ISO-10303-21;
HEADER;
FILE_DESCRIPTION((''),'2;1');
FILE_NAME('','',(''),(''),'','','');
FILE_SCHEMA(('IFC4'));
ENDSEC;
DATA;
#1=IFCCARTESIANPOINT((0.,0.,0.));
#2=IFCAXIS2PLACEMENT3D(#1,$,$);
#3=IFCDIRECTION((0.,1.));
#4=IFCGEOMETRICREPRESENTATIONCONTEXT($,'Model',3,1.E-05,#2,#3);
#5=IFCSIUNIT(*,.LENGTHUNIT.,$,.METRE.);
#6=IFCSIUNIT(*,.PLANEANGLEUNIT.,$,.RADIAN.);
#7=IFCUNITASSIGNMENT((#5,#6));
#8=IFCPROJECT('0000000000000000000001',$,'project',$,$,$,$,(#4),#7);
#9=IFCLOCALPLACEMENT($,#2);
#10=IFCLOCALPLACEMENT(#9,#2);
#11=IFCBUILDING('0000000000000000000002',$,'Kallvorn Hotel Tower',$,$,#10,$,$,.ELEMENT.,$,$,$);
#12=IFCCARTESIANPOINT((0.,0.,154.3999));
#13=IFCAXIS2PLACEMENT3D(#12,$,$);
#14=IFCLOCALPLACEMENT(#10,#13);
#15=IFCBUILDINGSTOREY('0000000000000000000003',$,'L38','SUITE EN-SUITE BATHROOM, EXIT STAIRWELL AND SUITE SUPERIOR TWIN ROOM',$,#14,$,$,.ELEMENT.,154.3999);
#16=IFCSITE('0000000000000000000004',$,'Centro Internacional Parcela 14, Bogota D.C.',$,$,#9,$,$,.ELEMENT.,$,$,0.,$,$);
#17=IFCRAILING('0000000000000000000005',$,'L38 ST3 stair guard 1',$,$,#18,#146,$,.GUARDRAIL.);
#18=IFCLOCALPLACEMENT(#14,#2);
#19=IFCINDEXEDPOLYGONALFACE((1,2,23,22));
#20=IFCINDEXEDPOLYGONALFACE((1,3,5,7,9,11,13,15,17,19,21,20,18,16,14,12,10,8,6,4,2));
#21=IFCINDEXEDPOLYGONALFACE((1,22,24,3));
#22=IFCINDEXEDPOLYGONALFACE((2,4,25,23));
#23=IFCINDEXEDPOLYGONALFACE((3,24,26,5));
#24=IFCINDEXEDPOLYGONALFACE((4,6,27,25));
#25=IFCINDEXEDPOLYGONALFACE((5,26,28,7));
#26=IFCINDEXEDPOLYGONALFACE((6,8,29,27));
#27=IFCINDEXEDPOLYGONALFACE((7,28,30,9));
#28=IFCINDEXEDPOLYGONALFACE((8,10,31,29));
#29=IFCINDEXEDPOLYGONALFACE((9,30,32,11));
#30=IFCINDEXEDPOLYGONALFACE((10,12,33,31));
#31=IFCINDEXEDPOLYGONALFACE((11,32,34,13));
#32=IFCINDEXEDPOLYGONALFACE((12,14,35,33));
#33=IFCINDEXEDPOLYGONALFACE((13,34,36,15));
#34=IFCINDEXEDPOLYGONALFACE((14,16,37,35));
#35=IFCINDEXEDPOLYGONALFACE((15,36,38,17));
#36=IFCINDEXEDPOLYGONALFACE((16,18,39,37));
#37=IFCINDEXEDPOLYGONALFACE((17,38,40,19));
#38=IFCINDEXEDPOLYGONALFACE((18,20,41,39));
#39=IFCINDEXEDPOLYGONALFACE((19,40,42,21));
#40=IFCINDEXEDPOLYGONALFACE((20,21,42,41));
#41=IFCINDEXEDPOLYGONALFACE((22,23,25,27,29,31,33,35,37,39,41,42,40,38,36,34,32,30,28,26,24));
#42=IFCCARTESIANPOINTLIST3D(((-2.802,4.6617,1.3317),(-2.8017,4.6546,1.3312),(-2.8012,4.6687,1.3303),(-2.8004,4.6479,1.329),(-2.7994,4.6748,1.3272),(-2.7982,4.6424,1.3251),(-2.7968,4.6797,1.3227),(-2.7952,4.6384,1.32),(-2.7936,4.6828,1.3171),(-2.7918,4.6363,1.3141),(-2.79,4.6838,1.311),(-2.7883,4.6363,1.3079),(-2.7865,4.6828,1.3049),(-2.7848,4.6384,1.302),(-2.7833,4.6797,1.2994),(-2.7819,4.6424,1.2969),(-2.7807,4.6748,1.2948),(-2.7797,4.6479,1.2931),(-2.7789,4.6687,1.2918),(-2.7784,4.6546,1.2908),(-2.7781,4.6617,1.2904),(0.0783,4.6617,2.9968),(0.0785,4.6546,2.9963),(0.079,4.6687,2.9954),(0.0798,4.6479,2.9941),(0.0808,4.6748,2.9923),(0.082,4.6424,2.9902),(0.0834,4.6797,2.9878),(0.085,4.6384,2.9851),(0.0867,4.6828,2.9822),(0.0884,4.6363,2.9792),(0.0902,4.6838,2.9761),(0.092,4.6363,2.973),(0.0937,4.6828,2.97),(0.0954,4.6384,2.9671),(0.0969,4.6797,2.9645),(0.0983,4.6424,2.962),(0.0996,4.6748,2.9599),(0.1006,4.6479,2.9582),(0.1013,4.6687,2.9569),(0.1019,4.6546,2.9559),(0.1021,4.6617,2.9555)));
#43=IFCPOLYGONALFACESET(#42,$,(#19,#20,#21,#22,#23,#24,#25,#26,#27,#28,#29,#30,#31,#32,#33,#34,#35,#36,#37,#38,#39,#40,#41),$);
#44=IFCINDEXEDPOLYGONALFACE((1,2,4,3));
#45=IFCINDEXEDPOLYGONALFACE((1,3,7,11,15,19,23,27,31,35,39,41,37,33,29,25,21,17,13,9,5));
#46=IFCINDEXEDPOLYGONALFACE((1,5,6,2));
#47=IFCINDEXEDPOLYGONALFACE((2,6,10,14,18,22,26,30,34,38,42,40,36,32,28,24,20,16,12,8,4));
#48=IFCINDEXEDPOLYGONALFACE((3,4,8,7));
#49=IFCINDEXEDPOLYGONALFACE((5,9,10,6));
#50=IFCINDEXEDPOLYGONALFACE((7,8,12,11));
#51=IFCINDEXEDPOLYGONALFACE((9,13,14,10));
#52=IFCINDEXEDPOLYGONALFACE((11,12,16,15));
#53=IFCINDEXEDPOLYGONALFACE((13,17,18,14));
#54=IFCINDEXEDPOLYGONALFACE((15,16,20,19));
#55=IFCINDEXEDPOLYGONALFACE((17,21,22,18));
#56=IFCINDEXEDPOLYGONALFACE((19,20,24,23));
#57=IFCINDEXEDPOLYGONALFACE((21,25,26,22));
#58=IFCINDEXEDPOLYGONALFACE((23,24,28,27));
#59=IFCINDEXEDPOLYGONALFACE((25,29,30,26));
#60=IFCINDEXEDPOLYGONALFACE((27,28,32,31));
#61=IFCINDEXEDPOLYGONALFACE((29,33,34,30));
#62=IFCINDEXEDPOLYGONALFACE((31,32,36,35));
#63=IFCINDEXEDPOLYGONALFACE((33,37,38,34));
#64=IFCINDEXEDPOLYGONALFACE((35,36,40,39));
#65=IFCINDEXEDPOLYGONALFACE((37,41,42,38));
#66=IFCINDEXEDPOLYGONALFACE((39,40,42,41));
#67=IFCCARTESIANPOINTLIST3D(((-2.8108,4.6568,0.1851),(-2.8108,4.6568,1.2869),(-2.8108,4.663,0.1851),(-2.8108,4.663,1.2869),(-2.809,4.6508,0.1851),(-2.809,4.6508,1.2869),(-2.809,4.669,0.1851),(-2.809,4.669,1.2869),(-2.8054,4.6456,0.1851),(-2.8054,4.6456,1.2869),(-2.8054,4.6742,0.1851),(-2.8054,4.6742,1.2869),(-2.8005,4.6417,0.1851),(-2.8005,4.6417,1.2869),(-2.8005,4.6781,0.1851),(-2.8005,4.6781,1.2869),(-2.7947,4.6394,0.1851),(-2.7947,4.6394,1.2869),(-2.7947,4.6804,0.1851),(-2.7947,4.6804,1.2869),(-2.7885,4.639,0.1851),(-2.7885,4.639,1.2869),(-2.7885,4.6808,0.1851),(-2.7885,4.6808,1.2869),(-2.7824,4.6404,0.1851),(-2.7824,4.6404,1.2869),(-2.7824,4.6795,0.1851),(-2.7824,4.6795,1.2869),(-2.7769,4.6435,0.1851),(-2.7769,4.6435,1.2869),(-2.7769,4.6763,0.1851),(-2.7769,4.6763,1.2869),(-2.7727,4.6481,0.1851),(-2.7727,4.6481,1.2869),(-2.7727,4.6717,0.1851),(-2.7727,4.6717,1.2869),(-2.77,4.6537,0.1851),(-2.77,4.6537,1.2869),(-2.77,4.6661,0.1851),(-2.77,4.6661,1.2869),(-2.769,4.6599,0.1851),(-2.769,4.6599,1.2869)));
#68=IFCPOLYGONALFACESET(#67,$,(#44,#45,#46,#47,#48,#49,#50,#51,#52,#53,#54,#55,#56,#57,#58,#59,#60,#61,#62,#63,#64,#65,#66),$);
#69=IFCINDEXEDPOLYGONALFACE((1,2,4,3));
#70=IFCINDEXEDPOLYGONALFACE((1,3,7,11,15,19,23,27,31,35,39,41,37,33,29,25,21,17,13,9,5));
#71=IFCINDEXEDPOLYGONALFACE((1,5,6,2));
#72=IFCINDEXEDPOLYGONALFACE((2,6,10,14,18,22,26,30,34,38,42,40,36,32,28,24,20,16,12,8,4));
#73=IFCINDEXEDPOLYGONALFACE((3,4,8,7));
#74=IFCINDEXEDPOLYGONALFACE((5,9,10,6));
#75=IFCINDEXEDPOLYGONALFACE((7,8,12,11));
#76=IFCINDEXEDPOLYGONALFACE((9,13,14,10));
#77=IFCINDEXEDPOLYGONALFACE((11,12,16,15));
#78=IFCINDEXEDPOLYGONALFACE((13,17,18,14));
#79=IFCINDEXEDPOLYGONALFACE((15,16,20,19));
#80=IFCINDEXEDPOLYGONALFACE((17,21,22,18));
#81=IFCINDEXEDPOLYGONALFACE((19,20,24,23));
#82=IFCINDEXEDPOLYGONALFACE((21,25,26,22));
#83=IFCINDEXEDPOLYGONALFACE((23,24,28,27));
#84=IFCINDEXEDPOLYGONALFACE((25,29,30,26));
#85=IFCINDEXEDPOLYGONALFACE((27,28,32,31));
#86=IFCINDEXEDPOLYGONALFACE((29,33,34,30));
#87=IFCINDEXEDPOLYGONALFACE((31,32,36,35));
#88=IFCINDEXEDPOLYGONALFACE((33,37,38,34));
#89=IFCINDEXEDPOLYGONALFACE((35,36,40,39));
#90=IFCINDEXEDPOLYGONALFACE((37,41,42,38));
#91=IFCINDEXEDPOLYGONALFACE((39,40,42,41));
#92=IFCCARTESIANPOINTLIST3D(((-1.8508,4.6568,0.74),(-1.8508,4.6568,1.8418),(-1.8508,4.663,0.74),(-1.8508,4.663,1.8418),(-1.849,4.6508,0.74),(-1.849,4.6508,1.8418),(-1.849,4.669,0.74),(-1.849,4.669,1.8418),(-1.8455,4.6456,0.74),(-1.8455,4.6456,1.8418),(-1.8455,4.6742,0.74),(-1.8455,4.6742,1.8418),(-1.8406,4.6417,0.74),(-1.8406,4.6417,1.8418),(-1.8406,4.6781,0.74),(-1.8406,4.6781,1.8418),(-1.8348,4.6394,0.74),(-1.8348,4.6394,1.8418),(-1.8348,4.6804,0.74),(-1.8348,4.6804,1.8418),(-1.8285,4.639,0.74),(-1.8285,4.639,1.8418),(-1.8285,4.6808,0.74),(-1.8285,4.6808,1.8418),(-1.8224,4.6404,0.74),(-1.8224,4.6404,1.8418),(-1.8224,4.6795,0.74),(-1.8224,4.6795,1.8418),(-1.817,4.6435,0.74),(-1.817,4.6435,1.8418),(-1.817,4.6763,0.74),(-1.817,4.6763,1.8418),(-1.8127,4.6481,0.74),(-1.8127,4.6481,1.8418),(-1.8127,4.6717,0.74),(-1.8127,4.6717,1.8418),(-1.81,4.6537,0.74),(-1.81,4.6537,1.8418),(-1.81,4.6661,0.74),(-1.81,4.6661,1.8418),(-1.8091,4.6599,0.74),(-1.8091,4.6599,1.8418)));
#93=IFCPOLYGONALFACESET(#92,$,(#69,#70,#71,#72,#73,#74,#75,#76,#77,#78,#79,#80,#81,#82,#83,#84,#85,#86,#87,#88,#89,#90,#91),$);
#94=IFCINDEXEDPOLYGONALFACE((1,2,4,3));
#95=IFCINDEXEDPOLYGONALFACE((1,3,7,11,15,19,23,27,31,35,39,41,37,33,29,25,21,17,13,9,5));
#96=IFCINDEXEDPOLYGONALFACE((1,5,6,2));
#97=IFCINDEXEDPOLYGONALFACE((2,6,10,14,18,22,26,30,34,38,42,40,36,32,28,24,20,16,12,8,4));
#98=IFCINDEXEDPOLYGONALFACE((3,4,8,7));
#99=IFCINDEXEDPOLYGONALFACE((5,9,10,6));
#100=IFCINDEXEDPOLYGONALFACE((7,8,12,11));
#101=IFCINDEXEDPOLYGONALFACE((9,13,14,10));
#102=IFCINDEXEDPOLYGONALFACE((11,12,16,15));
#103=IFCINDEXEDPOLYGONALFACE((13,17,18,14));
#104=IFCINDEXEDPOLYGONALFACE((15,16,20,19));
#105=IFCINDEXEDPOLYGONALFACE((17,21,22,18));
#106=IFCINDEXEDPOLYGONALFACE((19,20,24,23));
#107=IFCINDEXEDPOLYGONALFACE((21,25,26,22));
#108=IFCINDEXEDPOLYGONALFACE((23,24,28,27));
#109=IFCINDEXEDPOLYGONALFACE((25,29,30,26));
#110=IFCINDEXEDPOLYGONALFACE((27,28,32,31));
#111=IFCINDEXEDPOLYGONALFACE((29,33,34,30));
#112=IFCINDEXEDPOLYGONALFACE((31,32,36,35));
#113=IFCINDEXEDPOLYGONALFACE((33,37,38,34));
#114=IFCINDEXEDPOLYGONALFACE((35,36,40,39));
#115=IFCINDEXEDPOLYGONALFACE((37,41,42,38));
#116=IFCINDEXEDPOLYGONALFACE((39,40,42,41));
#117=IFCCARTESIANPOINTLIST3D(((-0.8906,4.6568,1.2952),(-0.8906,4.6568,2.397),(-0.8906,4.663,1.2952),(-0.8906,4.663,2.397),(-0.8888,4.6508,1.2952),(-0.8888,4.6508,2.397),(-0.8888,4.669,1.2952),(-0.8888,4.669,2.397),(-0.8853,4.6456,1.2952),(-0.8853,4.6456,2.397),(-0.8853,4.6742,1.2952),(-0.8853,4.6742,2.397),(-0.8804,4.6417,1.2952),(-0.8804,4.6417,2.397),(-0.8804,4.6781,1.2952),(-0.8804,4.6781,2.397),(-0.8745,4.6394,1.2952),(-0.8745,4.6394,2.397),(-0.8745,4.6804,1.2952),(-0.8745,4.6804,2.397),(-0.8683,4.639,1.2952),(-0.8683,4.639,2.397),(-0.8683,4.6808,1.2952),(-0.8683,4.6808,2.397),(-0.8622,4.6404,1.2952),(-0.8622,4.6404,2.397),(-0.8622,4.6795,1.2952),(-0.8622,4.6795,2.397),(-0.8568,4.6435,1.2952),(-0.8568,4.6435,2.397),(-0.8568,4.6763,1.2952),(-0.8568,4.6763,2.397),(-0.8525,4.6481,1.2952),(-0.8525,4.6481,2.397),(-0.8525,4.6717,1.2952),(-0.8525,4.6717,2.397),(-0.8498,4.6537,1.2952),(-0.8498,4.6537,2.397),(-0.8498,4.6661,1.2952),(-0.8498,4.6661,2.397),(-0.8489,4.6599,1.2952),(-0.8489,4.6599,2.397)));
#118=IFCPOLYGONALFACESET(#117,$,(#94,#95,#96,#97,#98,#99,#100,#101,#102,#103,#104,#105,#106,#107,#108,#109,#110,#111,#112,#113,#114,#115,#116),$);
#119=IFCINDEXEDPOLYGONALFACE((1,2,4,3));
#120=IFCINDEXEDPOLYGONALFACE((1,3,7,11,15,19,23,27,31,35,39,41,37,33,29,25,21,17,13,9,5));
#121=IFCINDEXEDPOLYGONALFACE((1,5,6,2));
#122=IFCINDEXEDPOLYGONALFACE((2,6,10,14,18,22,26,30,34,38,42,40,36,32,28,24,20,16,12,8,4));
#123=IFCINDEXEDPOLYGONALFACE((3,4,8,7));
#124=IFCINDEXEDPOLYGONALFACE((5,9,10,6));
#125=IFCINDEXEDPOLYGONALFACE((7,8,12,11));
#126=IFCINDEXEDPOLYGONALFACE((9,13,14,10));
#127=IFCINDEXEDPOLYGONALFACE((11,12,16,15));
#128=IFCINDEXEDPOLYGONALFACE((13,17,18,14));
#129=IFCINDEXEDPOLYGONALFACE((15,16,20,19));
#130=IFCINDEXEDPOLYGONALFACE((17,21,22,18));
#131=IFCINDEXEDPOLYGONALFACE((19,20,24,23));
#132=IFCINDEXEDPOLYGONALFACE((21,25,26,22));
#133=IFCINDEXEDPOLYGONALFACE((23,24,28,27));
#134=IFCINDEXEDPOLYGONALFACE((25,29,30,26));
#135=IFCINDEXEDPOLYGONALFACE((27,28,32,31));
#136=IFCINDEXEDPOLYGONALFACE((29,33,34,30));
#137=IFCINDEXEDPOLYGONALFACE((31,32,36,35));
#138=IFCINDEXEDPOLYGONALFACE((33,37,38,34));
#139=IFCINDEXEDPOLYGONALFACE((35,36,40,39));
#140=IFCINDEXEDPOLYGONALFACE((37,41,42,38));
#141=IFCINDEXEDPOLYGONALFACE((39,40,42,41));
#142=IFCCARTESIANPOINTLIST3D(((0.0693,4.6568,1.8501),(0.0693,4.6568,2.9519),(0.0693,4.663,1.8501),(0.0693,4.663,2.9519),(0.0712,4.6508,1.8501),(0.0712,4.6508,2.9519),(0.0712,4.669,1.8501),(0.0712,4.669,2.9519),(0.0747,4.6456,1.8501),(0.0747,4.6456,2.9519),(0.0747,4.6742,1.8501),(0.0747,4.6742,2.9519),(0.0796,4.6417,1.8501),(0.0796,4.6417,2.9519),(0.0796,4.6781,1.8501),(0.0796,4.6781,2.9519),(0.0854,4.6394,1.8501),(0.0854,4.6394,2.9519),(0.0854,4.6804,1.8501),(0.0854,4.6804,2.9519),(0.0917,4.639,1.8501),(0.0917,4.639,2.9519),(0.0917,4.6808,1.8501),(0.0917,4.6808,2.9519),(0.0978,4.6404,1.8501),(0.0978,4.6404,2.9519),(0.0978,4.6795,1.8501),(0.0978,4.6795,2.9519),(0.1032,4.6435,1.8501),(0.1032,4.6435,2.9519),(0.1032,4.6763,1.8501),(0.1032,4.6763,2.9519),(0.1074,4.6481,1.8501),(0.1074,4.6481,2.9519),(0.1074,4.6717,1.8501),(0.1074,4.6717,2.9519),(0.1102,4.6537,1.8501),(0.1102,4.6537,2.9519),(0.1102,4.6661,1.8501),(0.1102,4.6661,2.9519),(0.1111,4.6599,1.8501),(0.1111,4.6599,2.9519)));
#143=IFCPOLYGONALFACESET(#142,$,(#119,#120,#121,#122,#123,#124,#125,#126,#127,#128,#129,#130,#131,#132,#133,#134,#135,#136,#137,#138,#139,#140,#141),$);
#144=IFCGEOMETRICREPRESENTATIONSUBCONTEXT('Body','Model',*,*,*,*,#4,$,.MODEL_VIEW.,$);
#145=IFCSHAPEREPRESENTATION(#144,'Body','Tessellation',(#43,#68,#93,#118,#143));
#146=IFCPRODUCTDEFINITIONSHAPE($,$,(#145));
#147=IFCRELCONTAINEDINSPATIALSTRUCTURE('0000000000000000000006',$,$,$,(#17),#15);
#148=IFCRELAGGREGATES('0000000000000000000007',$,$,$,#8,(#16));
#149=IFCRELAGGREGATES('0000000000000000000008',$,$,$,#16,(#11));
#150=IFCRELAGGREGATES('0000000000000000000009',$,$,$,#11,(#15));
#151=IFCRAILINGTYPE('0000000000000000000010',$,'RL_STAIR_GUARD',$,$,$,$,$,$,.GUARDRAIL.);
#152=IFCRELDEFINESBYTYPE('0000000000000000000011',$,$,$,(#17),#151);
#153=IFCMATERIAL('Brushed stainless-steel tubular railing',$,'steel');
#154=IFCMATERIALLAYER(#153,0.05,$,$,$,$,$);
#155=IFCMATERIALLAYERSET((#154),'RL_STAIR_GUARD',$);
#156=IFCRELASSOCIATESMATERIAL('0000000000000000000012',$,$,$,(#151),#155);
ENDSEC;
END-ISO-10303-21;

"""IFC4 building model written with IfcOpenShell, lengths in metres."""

from ifc_helpers import new_model, si_unit, direction, frame, origin, origin_2d, place, context, subcontext, project, spatial, circle, extrude, material, layer, layer_set, type_object, element, save


model = new_model("IFC4")

# Units and contexts
model_context = context("Model", 3, precision=1e-05, world=origin(), true_north=direction((0.0, 1.0)))
body_context = subcontext(model_context, "Body", "Model", "MODEL_VIEW")
ifc_project = project(units=[si_unit("LENGTHUNIT", "METRE"), si_unit("PLANEANGLEUNIT", "RADIAN")], contexts=[model_context])

# Site, building, storey
site_placement = place(None, origin())
site = spatial("IfcSite", under=ifc_project, at=site_placement, Name="Centro Internacional Parcela 14, Bogota D.C.", CompositionType="ELEMENT", RefElevation=0.0)
building_placement = place(site_placement, origin())
building = spatial("IfcBuilding", under=site, at=building_placement, Name="Kallvorn Hotel Tower", CompositionType="ELEMENT")
storey_placement = place(building_placement, frame((0.0, 0.0, 154.3999)))
storey = spatial("IfcBuildingStorey", under=building, at=storey_placement, Name="L38", Description="SUITE EN-SUITE BATHROOM, EXIT STAIRWELL AND SUITE SUPERIOR TWIN ROOM", CompositionType="ELEMENT", Elevation=154.3999)

# Railing
ifc_material_1 = material(Name="Brushed stainless-steel tubular railing", Category="steel")
ifc_layer_1 = layer(ifc_material_1, 0.05)
ifc_layer_set_1 = layer_set([ifc_layer_1], Name="RL_STAIR_GUARD")
railing_type_1 = type_object("IfcRailingType", Name="RL_STAIR_GUARD", PredefinedType="GUARDRAIL", material=ifc_layer_set_1)
railing_1_placement = place(storey_placement, frame((-2.79, 4.6599, 0.1851)))
element("IfcRailing", 1, at=railing_1_placement, inside=storey, type_object=railing_type_1, Name="L38 ST3 stair guard 1", PredefinedType="GUARDRAIL", context=body_context, shape_type="SweptSolid", body=[
    extrude(circle(Radius=0.0239, at=origin_2d()), frame((0.0, 0.0, 1.126), z_axis=(0.865739, 0.0, 0.500495), x_axis=(0.0, 1.0, 0.0)), (0.0, 0.0, 1.0), 3.3269),
    extrude(circle(Radius=0.021, at=origin_2d()), origin(), (0.0, 0.0, 1.0), 1.1018),
    extrude(circle(Radius=0.021, at=origin_2d()), frame((0.96, 0.0, 0.5549)), (0.0, 0.0, 1.0), 1.1018),
    extrude(circle(Radius=0.021, at=origin_2d()), frame((1.9202, 0.0, 1.1101)), (0.0, 0.0, 1.0), 1.1018),
    extrude(circle(Radius=0.021, at=origin_2d()), frame((2.8801, 0.0, 1.665)), (0.0, 0.0, 1.0), 1.1018),
])

save(model, "model.ifc")
